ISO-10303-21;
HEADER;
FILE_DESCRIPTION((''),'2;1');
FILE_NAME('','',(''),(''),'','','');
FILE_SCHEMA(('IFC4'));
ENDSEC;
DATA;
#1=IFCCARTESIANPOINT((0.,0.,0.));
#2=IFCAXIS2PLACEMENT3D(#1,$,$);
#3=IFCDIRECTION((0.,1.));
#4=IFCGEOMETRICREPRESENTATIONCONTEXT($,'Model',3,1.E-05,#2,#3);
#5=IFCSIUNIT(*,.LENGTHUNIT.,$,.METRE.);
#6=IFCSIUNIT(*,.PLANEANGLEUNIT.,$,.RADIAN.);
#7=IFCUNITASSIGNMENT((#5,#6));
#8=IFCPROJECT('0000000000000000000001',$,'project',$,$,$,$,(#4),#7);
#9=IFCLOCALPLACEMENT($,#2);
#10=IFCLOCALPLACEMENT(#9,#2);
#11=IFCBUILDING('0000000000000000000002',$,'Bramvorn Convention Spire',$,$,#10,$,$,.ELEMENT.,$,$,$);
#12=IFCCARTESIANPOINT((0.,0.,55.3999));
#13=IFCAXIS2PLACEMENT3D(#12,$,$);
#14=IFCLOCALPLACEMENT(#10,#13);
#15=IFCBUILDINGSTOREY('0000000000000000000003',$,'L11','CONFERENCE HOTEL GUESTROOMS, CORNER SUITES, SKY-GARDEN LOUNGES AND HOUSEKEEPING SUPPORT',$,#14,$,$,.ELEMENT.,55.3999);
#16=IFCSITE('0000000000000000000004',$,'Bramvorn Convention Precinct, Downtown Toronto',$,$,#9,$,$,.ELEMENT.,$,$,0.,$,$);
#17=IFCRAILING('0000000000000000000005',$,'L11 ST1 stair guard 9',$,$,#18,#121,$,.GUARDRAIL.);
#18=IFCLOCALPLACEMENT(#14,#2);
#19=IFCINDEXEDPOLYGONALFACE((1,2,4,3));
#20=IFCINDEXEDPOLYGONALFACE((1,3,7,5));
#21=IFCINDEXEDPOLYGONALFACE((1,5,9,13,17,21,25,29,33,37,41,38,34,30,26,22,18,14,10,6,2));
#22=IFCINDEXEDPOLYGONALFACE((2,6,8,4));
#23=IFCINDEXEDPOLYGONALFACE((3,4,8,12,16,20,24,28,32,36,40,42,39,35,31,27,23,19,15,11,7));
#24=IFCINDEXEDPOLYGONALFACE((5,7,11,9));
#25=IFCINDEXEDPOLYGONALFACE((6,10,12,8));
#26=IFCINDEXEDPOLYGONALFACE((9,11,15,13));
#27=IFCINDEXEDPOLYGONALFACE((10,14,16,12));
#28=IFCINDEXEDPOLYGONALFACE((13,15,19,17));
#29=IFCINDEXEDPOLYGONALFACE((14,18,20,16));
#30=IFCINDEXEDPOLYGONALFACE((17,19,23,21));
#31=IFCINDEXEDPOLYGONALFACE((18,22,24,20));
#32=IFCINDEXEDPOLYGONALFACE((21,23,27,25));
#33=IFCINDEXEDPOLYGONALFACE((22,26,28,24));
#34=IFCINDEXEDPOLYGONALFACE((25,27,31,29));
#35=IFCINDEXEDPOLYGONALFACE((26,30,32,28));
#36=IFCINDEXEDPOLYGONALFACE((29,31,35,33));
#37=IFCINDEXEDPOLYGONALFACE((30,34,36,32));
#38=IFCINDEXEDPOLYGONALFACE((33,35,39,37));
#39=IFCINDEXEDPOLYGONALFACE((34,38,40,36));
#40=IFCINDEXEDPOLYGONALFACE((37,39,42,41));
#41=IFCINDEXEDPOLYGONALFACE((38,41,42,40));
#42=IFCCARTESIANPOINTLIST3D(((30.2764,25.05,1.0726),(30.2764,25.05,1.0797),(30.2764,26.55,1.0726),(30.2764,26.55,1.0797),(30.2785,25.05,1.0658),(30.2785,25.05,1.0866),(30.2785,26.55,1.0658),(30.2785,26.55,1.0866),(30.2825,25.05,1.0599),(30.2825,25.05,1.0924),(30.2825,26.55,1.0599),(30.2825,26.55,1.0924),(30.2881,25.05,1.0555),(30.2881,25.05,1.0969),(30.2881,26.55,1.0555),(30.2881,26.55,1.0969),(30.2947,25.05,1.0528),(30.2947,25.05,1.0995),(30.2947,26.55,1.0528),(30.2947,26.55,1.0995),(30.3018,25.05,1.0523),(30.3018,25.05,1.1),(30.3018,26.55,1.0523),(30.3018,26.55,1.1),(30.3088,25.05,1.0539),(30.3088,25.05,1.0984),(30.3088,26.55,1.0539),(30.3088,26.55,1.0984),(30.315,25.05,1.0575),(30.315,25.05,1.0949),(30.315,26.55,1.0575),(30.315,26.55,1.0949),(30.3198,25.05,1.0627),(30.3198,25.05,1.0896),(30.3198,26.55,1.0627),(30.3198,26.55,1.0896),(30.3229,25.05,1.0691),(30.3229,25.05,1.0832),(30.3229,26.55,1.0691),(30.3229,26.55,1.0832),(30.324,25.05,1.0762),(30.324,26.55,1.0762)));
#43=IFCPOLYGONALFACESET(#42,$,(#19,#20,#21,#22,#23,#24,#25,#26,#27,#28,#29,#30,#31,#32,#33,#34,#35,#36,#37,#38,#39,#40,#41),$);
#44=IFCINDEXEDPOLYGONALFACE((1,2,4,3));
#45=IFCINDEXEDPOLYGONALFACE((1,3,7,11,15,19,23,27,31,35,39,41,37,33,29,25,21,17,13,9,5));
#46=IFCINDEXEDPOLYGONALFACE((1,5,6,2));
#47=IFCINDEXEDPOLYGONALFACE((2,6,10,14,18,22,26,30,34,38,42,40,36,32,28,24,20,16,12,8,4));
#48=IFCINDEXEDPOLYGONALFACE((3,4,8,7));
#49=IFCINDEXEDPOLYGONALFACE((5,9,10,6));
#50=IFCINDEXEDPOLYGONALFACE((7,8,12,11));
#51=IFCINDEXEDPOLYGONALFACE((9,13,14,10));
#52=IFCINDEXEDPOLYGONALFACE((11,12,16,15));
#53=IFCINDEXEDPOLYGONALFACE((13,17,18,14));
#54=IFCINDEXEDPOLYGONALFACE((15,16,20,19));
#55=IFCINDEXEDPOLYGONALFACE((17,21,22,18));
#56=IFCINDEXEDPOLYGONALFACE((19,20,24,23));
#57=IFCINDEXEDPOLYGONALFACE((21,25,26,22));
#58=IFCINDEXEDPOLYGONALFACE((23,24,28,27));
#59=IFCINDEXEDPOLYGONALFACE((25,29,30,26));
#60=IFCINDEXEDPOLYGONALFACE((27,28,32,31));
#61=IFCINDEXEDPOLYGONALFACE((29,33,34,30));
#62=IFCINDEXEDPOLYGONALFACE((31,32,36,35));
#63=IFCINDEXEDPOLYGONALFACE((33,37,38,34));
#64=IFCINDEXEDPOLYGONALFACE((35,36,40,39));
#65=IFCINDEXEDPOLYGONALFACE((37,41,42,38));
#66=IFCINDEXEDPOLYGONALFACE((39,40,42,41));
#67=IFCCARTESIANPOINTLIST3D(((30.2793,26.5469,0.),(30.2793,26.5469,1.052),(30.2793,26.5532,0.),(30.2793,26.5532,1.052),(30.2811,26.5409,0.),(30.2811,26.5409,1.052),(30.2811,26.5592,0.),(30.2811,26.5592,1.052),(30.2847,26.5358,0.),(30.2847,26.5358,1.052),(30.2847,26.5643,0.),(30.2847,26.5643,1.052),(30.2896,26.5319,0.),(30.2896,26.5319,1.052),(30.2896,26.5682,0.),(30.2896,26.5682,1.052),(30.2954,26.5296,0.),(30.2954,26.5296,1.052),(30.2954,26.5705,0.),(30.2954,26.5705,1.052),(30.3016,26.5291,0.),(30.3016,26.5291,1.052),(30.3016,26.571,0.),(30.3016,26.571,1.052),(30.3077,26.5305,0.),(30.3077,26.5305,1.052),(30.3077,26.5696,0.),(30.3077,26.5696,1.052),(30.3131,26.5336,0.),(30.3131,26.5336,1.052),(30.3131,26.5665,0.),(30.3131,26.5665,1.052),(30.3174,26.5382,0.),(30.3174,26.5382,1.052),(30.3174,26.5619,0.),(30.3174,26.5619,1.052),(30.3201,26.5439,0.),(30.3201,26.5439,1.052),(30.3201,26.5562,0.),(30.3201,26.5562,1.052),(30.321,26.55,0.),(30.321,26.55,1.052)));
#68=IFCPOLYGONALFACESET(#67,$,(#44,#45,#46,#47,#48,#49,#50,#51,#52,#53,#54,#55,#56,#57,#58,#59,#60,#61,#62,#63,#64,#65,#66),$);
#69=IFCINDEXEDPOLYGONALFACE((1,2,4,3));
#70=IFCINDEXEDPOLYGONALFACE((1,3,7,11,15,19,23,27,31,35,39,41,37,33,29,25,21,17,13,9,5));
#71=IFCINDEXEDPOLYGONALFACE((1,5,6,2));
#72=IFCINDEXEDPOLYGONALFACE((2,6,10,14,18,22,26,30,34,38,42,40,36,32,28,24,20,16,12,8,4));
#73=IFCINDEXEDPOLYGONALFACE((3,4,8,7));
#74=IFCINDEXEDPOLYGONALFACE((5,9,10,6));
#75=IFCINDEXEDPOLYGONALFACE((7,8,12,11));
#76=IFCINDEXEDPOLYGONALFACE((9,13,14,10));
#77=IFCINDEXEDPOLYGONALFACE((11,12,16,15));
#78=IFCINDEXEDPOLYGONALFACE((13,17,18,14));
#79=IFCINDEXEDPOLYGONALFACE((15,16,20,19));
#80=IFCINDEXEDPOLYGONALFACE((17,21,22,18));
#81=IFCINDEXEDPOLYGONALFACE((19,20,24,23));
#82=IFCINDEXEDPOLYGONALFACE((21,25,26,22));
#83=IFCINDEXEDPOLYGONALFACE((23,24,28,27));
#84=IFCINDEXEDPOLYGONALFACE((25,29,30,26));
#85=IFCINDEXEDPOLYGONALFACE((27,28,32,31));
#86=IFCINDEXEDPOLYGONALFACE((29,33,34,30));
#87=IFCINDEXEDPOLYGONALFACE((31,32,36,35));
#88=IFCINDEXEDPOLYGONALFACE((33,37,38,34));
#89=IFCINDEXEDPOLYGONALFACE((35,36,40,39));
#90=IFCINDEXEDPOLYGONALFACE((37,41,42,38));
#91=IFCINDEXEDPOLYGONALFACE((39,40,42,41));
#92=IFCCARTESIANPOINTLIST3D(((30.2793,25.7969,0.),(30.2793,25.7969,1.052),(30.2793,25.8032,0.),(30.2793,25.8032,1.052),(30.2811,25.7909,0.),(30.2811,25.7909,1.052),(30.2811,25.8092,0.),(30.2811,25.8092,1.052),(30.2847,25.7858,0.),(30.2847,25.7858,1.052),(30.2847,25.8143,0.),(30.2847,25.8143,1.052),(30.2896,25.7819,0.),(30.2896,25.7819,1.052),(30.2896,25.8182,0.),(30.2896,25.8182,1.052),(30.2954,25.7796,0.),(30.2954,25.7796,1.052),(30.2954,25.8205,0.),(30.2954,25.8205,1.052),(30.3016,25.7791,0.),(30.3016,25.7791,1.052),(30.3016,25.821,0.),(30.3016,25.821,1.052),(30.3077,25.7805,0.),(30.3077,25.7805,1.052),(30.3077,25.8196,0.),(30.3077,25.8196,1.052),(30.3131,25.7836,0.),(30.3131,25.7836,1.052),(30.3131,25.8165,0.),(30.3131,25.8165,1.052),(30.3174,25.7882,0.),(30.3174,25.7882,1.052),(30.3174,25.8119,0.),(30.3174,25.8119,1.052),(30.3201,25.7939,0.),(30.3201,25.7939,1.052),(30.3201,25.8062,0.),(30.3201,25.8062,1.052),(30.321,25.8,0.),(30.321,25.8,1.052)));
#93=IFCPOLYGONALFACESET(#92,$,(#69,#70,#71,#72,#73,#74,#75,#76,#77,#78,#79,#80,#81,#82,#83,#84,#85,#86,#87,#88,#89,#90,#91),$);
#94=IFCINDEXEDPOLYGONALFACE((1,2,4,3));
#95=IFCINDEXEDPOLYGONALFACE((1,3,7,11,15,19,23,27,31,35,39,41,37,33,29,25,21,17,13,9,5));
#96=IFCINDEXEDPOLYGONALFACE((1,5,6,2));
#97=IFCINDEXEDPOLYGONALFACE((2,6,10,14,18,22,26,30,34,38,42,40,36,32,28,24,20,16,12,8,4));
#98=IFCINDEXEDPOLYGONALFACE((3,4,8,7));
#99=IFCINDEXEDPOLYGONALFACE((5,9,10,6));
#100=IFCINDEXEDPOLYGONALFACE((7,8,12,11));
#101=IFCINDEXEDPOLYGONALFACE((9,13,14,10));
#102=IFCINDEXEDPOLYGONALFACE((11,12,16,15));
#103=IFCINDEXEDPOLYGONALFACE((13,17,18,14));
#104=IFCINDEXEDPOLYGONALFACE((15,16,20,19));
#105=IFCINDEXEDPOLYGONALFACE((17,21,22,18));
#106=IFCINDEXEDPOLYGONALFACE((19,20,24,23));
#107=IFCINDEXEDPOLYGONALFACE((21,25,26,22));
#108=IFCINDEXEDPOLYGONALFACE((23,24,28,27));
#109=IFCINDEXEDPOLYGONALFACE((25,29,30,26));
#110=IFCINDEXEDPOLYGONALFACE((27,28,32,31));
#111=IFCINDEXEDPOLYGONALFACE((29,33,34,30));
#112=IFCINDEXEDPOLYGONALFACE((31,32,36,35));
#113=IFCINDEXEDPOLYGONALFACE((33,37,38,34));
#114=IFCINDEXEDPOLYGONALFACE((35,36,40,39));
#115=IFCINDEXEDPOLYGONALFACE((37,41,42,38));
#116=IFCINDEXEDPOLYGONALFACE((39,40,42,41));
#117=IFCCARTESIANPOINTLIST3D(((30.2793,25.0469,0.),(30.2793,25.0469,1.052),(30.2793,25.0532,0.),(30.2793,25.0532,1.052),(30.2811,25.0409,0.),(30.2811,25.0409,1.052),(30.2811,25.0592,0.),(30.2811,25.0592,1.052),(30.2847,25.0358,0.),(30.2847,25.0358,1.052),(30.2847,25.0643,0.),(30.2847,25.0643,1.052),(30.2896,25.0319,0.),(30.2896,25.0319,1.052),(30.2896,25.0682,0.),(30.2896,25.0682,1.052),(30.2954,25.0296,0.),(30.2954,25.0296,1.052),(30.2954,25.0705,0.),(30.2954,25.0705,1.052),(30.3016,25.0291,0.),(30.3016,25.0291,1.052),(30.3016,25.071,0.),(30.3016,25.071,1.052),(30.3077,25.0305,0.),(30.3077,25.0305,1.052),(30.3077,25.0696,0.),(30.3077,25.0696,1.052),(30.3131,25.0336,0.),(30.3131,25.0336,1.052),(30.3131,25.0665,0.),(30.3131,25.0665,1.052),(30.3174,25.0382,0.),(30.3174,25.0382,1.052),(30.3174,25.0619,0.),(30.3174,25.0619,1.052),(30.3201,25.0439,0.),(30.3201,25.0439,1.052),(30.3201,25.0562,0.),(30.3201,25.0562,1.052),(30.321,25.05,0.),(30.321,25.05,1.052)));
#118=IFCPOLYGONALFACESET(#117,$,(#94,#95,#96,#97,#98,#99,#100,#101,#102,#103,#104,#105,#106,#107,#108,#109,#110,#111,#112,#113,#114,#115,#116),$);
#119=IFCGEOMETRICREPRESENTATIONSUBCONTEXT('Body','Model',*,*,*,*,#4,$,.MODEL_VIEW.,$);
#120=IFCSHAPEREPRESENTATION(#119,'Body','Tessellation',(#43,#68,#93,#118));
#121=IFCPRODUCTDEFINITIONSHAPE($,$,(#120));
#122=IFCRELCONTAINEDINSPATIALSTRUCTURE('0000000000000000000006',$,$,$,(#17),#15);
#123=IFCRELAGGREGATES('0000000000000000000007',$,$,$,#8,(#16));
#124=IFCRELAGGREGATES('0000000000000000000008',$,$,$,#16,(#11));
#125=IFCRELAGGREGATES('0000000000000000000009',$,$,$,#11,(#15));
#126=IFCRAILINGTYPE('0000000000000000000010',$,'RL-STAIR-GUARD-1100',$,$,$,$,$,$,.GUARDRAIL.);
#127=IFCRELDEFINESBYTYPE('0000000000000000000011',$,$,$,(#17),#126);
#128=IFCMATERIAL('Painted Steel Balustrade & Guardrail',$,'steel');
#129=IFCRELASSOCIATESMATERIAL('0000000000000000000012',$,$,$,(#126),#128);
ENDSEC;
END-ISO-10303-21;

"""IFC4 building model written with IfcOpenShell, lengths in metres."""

from ifc_helpers import new_model, si_unit, direction, frame, origin, origin_2d, place, context, subcontext, project, spatial, circle, extrude, material, type_object, element, save


model = new_model("IFC4")

# Units and contexts
model_context = context("Model", 3, precision=1e-05, world=origin(), true_north=direction((0.0, 1.0)))
body_context = subcontext(model_context, "Body", "Model", "MODEL_VIEW")
ifc_project = project(units=[si_unit("LENGTHUNIT", "METRE"), si_unit("PLANEANGLEUNIT", "RADIAN")], contexts=[model_context])

# Site, building, storey
site_placement = place(None, origin())
site = spatial("IfcSite", under=ifc_project, at=site_placement, Name="Bramvorn Convention Precinct, Downtown Toronto", CompositionType="ELEMENT", RefElevation=0.0)
building_placement = place(site_placement, origin())
building = spatial("IfcBuilding", under=site, at=building_placement, Name="Bramvorn Convention Spire", CompositionType="ELEMENT")
storey_placement = place(building_placement, frame((0.0, 0.0, 55.3999)))
storey = spatial("IfcBuildingStorey", under=building, at=storey_placement, Name="L11", Description="CONFERENCE HOTEL GUESTROOMS, CORNER SUITES, SKY-GARDEN LOUNGES AND HOUSEKEEPING SUPPORT", CompositionType="ELEMENT", Elevation=55.3999)

# Railing
ifc_material_1 = material(Name="Painted Steel Balustrade & Guardrail", Category="steel")
railing_type = type_object("IfcRailingType", Name="RL-STAIR-GUARD-1100", PredefinedType="GUARDRAIL", material=ifc_material_1)
for number, where, name in (
    (1, (30.3, 26.55, 0.0), "L11 ST1 stair guard 9"),
):
    element("IfcRailing", number, at=place(storey_placement, frame(where)), inside=storey, type_object=railing_type, Name=name, PredefinedType="GUARDRAIL", context=body_context, shape_type="SweptSolid", body=[
        extrude(circle(Radius=0.0239, at=origin_2d()), frame((0.0, 0.0, 1.0762), z_axis=(0.0, -1.0, 0.0), x_axis=(1.0, 0.0, 0.0)), (0.0, 0.0, 1.0), 1.5),
        extrude(circle(Radius=0.021, at=origin_2d()), origin(), (0.0, 0.0, 1.0), 1.052),
        extrude(circle(Radius=0.021, at=origin_2d()), frame((0.0, -0.75, 0.0)), (0.0, 0.0, 1.0), 1.052),
        extrude(circle(Radius=0.021, at=origin_2d()), frame((0.0, -1.5, 0.0)), (0.0, 0.0, 1.0), 1.052),
    ])

save(model, "model.ifc")
